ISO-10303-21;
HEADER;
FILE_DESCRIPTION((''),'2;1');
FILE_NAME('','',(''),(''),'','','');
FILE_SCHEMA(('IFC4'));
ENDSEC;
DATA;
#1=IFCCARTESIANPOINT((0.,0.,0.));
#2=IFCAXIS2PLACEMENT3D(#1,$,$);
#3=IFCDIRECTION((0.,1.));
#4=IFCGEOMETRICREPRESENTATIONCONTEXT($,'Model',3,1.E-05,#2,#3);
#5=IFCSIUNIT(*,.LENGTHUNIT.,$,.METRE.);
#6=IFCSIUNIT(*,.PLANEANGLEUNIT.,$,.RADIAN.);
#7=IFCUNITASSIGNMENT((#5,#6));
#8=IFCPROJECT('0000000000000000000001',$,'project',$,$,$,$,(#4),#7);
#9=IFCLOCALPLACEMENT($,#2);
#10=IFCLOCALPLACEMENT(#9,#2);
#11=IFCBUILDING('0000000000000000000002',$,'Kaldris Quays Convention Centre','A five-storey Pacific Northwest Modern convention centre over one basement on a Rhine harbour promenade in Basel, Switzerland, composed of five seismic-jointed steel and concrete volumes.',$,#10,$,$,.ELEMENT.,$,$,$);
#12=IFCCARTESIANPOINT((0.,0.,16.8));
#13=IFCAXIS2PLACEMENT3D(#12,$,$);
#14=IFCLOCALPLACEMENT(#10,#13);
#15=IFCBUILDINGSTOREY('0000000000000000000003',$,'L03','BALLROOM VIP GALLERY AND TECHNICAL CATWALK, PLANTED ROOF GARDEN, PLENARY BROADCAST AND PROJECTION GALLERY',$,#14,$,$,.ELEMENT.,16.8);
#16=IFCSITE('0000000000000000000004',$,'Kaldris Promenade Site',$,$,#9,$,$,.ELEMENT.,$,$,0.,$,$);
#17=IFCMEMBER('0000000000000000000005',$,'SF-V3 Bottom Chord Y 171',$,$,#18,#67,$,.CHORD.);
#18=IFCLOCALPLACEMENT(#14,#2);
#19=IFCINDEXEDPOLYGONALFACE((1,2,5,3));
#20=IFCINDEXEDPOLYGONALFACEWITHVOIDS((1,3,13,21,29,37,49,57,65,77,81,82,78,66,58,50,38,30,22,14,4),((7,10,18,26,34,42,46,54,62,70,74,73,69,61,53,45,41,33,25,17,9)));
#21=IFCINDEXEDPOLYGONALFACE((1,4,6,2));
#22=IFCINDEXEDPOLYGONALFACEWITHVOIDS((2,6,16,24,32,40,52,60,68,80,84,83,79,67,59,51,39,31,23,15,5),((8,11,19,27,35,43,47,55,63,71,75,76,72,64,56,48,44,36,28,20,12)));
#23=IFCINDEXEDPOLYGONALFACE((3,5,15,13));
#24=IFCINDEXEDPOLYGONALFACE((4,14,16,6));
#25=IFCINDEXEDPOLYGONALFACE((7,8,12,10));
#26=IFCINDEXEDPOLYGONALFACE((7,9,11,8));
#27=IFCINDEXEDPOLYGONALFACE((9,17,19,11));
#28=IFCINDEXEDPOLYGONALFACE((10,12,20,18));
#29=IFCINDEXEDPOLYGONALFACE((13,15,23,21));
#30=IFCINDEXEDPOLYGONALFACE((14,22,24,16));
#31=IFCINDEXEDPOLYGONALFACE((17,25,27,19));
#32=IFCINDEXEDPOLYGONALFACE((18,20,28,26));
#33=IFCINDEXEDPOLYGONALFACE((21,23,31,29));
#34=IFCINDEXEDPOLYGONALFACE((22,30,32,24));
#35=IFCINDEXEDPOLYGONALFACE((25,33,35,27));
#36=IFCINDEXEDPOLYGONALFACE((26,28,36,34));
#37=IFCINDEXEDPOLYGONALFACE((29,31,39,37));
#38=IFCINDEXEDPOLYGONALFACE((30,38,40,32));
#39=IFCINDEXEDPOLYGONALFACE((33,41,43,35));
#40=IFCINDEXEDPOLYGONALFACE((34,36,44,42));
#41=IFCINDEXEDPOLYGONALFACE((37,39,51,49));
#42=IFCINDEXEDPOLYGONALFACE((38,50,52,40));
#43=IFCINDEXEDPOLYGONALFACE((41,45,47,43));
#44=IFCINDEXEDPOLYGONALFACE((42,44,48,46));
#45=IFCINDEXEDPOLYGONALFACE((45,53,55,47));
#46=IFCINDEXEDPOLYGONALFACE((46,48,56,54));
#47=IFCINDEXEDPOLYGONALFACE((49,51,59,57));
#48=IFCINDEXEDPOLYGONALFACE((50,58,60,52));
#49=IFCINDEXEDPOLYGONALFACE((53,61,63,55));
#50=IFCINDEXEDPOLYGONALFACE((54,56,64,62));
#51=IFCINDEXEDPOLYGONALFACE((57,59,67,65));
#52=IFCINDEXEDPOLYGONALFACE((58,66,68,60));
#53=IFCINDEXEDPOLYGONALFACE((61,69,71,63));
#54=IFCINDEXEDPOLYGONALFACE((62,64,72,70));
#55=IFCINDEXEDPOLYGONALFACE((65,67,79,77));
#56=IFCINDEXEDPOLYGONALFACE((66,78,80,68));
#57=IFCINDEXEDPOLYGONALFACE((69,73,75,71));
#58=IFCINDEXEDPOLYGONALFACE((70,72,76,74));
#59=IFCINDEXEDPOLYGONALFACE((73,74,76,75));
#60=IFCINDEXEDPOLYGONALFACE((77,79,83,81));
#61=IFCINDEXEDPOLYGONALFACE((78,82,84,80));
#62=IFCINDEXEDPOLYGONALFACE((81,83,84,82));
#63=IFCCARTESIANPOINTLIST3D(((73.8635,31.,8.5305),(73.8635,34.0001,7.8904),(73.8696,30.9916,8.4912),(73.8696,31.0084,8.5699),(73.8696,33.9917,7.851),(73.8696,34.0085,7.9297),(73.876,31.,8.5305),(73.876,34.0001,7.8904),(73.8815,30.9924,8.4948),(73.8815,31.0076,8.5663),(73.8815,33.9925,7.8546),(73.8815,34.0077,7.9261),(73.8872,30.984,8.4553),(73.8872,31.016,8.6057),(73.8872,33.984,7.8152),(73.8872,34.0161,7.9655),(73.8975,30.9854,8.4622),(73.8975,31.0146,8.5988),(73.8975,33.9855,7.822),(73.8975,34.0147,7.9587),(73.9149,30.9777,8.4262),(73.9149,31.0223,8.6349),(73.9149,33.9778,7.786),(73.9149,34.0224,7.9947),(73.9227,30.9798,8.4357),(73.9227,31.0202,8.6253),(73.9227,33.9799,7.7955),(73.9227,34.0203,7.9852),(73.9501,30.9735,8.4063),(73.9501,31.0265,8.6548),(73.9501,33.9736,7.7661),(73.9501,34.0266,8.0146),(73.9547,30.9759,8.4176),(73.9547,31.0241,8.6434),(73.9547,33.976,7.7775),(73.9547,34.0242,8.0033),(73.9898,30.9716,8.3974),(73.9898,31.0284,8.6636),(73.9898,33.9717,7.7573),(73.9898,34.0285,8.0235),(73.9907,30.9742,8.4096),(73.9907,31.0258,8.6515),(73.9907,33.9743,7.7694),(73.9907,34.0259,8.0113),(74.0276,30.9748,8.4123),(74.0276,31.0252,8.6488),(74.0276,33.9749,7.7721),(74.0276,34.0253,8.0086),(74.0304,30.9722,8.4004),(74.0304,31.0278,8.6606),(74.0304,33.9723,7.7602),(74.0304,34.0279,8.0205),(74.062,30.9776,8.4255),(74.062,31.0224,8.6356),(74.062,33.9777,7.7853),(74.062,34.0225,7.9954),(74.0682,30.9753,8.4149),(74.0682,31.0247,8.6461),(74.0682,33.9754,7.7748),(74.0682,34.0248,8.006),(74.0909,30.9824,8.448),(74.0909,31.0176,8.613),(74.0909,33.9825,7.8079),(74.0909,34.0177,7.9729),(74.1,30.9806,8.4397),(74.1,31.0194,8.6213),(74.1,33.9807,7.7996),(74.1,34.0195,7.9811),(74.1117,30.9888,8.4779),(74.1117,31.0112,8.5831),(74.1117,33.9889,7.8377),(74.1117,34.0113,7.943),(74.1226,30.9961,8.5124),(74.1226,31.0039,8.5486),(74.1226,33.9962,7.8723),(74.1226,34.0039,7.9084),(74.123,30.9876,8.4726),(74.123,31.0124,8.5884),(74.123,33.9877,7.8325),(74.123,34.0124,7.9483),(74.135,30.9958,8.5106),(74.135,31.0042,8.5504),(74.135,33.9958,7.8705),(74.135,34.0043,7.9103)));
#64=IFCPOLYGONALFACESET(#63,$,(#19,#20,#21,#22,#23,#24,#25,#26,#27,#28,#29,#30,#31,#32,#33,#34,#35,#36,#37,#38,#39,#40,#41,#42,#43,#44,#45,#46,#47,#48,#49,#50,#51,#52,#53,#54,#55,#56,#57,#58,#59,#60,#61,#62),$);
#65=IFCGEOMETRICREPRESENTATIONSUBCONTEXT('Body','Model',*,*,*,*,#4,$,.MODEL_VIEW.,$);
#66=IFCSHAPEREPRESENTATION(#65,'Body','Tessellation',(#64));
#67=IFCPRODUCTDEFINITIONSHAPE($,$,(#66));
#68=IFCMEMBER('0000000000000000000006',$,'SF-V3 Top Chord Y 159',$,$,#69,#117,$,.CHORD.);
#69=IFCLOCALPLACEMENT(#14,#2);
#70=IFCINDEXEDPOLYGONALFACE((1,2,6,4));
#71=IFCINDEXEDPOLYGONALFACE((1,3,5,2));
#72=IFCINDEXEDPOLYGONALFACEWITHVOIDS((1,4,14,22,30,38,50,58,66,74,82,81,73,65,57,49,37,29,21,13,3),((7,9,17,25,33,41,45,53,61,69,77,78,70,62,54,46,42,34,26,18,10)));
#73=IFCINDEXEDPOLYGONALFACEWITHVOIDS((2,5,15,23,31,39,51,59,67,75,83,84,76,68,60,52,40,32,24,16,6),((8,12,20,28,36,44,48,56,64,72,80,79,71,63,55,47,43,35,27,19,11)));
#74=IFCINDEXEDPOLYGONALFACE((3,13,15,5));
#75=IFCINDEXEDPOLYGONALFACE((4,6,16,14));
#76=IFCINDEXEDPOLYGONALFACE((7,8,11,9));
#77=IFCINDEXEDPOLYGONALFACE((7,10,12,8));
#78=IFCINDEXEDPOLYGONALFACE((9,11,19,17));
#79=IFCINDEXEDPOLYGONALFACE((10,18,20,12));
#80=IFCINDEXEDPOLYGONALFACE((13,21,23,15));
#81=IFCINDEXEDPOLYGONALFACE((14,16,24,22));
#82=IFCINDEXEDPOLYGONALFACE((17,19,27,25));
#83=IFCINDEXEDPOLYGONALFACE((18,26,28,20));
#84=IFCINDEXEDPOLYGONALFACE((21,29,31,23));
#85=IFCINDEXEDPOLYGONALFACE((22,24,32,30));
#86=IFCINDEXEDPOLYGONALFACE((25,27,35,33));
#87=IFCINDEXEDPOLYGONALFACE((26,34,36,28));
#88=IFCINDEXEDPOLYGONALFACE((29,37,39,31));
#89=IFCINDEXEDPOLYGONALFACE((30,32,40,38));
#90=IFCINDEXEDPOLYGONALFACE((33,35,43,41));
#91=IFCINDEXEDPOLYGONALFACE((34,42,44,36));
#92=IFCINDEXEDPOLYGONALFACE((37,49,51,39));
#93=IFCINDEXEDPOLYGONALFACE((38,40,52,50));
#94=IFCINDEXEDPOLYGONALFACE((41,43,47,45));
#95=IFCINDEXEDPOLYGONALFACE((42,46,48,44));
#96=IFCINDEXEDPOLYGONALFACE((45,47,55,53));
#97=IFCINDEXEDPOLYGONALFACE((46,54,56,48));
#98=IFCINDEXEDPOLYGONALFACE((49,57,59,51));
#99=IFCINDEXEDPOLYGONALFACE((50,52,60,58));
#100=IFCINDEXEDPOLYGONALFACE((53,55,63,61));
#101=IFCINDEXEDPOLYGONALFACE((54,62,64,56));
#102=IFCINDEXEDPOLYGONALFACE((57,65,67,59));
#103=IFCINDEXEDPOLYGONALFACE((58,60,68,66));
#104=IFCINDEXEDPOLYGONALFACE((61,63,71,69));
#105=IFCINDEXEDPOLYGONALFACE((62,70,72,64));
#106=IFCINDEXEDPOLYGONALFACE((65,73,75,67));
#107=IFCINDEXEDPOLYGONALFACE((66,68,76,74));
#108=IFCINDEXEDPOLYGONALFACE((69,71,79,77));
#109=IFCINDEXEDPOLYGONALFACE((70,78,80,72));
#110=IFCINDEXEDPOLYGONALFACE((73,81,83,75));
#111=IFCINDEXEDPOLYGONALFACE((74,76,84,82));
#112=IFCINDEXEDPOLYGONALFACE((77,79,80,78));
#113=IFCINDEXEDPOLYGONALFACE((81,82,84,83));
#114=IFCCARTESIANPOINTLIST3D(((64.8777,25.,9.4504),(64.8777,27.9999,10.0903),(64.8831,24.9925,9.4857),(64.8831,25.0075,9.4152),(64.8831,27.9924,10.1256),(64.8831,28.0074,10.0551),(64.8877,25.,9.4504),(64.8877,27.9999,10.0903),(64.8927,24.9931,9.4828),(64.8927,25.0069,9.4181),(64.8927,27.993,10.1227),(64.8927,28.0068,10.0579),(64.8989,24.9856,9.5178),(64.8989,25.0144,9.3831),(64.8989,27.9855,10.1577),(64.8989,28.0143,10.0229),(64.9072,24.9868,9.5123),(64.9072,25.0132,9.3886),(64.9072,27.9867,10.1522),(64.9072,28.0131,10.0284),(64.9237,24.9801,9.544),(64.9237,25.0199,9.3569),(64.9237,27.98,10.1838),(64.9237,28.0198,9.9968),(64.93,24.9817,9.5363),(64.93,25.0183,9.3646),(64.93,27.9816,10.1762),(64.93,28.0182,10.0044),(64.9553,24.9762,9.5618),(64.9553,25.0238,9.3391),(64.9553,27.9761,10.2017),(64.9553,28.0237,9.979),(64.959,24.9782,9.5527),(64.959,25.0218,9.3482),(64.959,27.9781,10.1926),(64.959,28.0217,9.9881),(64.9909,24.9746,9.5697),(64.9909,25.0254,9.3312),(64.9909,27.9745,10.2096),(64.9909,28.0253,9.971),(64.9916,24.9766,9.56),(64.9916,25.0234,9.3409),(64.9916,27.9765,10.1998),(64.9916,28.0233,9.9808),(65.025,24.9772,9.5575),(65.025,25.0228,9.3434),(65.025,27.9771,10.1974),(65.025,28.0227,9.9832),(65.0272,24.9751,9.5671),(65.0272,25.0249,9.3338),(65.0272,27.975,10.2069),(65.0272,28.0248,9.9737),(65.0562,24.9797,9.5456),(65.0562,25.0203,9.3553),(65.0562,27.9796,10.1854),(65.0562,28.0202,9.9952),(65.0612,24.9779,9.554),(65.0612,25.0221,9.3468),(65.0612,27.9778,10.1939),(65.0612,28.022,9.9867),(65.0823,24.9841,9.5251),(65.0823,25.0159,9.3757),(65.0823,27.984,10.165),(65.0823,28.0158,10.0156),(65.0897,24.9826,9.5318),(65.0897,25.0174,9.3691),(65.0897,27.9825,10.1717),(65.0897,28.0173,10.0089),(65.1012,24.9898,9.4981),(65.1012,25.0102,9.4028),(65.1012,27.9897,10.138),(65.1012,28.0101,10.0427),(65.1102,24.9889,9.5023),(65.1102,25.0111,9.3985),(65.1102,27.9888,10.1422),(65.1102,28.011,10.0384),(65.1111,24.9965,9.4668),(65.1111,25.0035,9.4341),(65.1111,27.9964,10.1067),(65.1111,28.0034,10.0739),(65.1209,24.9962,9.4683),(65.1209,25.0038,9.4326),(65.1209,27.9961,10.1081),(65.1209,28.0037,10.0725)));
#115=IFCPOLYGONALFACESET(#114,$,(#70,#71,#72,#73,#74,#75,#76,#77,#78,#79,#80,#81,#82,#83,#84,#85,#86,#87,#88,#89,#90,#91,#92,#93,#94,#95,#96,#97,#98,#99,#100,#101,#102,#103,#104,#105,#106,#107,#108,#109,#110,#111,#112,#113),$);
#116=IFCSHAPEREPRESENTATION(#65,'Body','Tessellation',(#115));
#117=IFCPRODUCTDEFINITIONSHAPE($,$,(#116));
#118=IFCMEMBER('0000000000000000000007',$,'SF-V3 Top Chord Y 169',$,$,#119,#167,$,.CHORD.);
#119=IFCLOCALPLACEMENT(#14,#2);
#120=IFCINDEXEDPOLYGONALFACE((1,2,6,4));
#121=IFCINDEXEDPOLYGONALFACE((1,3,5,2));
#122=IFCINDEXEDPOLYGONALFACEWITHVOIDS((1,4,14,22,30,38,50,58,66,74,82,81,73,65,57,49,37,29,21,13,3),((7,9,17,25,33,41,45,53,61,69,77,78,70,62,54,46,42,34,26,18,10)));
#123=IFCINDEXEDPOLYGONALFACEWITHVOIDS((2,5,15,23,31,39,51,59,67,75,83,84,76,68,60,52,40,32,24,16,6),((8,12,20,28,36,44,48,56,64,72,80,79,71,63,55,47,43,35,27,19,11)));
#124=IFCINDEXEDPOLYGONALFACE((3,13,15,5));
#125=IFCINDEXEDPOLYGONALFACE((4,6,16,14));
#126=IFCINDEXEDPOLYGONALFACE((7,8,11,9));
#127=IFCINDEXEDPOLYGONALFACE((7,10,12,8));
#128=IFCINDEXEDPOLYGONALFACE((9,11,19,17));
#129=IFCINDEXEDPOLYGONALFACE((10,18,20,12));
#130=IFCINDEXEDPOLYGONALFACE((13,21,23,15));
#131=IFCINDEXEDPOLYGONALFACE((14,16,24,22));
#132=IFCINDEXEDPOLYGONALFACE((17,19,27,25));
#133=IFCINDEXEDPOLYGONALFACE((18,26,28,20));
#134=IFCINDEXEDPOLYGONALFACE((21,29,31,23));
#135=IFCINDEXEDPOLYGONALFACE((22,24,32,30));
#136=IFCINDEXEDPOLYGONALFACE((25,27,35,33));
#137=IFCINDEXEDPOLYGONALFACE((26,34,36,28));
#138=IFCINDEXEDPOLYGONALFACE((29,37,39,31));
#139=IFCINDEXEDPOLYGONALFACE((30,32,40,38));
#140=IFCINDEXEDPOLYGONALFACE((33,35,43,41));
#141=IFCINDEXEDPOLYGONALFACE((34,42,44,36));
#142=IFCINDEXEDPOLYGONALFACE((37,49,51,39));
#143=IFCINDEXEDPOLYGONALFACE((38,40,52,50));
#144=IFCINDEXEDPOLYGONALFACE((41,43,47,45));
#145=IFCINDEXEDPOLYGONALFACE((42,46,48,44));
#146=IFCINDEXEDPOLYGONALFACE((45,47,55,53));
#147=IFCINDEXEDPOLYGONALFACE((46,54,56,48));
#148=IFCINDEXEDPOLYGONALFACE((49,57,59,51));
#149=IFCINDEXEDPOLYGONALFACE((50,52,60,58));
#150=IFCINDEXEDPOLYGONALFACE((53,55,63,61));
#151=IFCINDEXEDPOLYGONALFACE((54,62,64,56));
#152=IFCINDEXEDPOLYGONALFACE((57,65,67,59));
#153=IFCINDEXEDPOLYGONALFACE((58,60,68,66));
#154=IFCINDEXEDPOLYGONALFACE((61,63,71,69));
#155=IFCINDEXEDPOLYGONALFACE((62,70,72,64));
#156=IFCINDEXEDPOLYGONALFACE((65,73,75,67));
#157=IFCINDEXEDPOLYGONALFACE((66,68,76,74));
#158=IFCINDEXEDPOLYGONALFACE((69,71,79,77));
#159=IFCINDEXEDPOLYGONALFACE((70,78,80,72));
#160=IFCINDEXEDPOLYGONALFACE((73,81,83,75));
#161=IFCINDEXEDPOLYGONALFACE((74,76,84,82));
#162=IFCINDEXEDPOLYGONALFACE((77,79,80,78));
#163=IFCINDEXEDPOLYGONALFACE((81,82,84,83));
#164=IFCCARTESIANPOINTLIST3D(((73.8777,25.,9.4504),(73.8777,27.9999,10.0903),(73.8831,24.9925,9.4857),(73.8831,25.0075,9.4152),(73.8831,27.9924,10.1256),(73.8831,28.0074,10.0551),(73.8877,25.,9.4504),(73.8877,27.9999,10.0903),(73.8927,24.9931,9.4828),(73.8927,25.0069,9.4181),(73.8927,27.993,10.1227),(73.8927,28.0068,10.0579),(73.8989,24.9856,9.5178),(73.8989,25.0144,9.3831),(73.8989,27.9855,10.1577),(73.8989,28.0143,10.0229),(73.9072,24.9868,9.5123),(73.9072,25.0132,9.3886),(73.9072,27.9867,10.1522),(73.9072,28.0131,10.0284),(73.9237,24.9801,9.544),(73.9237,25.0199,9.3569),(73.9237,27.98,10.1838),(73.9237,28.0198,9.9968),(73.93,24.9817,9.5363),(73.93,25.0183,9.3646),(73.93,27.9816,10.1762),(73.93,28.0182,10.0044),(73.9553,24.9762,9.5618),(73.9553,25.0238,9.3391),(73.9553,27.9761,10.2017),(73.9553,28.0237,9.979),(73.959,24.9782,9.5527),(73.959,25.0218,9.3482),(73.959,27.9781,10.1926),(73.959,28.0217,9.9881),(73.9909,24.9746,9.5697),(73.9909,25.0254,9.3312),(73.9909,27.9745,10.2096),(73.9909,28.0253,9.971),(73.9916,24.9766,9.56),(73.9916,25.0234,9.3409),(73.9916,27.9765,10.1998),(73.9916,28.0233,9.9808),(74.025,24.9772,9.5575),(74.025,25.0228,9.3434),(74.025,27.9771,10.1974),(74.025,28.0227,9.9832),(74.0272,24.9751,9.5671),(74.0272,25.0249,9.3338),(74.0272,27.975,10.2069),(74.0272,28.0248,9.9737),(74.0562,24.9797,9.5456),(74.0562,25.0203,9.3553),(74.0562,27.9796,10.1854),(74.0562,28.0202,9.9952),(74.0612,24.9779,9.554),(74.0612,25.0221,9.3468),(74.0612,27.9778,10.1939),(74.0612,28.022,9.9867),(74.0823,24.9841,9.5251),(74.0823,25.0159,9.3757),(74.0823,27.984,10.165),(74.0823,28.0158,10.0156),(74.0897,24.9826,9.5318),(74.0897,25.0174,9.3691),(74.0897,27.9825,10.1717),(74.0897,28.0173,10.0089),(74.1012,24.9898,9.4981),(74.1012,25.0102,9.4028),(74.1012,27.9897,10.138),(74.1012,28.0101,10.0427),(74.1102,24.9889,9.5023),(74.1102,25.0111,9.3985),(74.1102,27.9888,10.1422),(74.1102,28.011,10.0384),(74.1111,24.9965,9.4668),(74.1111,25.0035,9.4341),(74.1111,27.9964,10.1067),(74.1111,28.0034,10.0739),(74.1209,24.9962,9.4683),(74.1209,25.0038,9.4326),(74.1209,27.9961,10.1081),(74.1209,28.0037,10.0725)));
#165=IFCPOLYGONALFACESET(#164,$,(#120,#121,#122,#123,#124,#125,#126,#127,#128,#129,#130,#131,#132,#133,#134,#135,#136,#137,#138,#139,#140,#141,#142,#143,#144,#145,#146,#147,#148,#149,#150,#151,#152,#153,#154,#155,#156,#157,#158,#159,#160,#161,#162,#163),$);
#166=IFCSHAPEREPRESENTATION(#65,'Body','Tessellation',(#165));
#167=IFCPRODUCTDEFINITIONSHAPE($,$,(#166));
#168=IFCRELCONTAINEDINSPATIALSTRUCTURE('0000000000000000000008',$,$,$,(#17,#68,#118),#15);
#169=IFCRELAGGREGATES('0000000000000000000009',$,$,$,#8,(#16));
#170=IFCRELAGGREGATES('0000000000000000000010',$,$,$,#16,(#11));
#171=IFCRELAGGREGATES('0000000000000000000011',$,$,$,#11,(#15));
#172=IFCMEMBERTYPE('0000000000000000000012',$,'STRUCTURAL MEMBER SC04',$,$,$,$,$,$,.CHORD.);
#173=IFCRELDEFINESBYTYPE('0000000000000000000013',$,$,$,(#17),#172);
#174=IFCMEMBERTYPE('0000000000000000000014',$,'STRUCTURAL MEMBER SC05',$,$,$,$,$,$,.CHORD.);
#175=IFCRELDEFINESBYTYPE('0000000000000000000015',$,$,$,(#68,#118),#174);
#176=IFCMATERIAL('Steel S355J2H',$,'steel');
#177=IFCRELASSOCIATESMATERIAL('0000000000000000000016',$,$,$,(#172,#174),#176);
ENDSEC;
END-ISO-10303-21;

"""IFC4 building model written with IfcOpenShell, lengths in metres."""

from ifc_helpers import new_model, si_unit, direction, frame, origin, origin_2d, place, context, subcontext, project, spatial, hollow_circle, extrude, material, material_profile, profile_set, type_object, element, save


model = new_model("IFC4")

# Units and contexts
model_context = context("Model", 3, precision=1e-05, world=origin(), true_north=direction((0.0, 1.0)))
body_context = subcontext(model_context, "Body", "Model", "MODEL_VIEW")
ifc_project = project(units=[si_unit("LENGTHUNIT", "METRE"), si_unit("PLANEANGLEUNIT", "RADIAN")], contexts=[model_context])

# Site, building, storey
site_placement = place(None, origin())
site = spatial("IfcSite", under=ifc_project, at=site_placement, Name="Kaldris Promenade Site", CompositionType="ELEMENT", RefElevation=0.0)
building_placement = place(site_placement, origin())
building = spatial("IfcBuilding", under=site, at=building_placement, Name="Kaldris Quays Convention Centre", Description="A five-storey Pacific Northwest Modern convention centre over one basement on a Rhine harbour promenade in Basel, Switzerland, composed of five seismic-jointed steel and concrete volumes.", CompositionType="ELEMENT")
storey_placement = place(building_placement, frame((0.0, 0.0, 16.8)))
storey = spatial("IfcBuildingStorey", under=building, at=storey_placement, Name="L03", Description="BALLROOM VIP GALLERY AND TECHNICAL CATWALK, PLANTED ROOF GARDEN, PLENARY BROADCAST AND PROJECTION GALLERY", CompositionType="ELEMENT", Elevation=16.8)

# Members
ifc_material_1 = material(Name="Steel S355J2H", Category="steel")
ifc_material_profile_1 = material_profile(ifc_material_1, hollow_circle(Radius=0.1365, WallThickness=0.0125, at=origin_2d()), Name="CHS 273x12.5")
ifc_profile_set_1 = profile_set([ifc_material_profile_1], Name="Steel S355J2H")
member_type_1 = type_object("IfcMemberType", Name="STRUCTURAL MEMBER SC04", PredefinedType="CHORD", material=ifc_profile_set_1)
for number, where, z_axis, x_axis, name in (
    (1, (74.0, 31.0, 8.5305), (0.0, 0.977984, -0.208681), (-1.0, 0.0, 0.0), "SF-V3 Bottom Chord Y 171"),
):
    element("IfcMember", number, at=place(storey_placement, frame(where, z_axis=z_axis, x_axis=x_axis)), inside=storey, type_object=member_type_1, Name=name, PredefinedType="CHORD", context=body_context, shape_type="SweptSolid", body=[
        extrude(hollow_circle(Radius=0.1365, WallThickness=0.0125, at=origin_2d()), origin(), (0.0, 0.0, 1.0), 3.0676),
    ])
ifc_material_profile_2 = material_profile(ifc_material_1, hollow_circle(Radius=0.1223, WallThickness=0.01, at=origin_2d()), Name="CHS 244.5x10")
ifc_profile_set_2 = profile_set([ifc_material_profile_2], Name="Steel S355J2H")
member_type_2 = type_object("IfcMemberType", Name="STRUCTURAL MEMBER SC05", PredefinedType="CHORD", material=ifc_profile_set_2)
for number, where, z_axis, x_axis, name in (
    (2, (65.0, 25.0, 9.4504), (0.0, 0.978, 0.208605), (-1.0, 0.0, 0.0), "SF-V3 Top Chord Y 159"),
    (3, (74.0, 25.0, 9.4504), (0.0, 0.978, 0.208605), (-1.0, 0.0, 0.0), "SF-V3 Top Chord Y 169"),
):
    element("IfcMember", number, at=place(storey_placement, frame(where, z_axis=z_axis, x_axis=x_axis)), inside=storey, type_object=member_type_2, Name=name, PredefinedType="CHORD", context=body_context, shape_type="SweptSolid", body=[
        extrude(hollow_circle(Radius=0.1223, WallThickness=0.01, at=origin_2d()), origin(), (0.0, 0.0, 1.0), 3.0674),
    ])

save(model, "model.ifc")
